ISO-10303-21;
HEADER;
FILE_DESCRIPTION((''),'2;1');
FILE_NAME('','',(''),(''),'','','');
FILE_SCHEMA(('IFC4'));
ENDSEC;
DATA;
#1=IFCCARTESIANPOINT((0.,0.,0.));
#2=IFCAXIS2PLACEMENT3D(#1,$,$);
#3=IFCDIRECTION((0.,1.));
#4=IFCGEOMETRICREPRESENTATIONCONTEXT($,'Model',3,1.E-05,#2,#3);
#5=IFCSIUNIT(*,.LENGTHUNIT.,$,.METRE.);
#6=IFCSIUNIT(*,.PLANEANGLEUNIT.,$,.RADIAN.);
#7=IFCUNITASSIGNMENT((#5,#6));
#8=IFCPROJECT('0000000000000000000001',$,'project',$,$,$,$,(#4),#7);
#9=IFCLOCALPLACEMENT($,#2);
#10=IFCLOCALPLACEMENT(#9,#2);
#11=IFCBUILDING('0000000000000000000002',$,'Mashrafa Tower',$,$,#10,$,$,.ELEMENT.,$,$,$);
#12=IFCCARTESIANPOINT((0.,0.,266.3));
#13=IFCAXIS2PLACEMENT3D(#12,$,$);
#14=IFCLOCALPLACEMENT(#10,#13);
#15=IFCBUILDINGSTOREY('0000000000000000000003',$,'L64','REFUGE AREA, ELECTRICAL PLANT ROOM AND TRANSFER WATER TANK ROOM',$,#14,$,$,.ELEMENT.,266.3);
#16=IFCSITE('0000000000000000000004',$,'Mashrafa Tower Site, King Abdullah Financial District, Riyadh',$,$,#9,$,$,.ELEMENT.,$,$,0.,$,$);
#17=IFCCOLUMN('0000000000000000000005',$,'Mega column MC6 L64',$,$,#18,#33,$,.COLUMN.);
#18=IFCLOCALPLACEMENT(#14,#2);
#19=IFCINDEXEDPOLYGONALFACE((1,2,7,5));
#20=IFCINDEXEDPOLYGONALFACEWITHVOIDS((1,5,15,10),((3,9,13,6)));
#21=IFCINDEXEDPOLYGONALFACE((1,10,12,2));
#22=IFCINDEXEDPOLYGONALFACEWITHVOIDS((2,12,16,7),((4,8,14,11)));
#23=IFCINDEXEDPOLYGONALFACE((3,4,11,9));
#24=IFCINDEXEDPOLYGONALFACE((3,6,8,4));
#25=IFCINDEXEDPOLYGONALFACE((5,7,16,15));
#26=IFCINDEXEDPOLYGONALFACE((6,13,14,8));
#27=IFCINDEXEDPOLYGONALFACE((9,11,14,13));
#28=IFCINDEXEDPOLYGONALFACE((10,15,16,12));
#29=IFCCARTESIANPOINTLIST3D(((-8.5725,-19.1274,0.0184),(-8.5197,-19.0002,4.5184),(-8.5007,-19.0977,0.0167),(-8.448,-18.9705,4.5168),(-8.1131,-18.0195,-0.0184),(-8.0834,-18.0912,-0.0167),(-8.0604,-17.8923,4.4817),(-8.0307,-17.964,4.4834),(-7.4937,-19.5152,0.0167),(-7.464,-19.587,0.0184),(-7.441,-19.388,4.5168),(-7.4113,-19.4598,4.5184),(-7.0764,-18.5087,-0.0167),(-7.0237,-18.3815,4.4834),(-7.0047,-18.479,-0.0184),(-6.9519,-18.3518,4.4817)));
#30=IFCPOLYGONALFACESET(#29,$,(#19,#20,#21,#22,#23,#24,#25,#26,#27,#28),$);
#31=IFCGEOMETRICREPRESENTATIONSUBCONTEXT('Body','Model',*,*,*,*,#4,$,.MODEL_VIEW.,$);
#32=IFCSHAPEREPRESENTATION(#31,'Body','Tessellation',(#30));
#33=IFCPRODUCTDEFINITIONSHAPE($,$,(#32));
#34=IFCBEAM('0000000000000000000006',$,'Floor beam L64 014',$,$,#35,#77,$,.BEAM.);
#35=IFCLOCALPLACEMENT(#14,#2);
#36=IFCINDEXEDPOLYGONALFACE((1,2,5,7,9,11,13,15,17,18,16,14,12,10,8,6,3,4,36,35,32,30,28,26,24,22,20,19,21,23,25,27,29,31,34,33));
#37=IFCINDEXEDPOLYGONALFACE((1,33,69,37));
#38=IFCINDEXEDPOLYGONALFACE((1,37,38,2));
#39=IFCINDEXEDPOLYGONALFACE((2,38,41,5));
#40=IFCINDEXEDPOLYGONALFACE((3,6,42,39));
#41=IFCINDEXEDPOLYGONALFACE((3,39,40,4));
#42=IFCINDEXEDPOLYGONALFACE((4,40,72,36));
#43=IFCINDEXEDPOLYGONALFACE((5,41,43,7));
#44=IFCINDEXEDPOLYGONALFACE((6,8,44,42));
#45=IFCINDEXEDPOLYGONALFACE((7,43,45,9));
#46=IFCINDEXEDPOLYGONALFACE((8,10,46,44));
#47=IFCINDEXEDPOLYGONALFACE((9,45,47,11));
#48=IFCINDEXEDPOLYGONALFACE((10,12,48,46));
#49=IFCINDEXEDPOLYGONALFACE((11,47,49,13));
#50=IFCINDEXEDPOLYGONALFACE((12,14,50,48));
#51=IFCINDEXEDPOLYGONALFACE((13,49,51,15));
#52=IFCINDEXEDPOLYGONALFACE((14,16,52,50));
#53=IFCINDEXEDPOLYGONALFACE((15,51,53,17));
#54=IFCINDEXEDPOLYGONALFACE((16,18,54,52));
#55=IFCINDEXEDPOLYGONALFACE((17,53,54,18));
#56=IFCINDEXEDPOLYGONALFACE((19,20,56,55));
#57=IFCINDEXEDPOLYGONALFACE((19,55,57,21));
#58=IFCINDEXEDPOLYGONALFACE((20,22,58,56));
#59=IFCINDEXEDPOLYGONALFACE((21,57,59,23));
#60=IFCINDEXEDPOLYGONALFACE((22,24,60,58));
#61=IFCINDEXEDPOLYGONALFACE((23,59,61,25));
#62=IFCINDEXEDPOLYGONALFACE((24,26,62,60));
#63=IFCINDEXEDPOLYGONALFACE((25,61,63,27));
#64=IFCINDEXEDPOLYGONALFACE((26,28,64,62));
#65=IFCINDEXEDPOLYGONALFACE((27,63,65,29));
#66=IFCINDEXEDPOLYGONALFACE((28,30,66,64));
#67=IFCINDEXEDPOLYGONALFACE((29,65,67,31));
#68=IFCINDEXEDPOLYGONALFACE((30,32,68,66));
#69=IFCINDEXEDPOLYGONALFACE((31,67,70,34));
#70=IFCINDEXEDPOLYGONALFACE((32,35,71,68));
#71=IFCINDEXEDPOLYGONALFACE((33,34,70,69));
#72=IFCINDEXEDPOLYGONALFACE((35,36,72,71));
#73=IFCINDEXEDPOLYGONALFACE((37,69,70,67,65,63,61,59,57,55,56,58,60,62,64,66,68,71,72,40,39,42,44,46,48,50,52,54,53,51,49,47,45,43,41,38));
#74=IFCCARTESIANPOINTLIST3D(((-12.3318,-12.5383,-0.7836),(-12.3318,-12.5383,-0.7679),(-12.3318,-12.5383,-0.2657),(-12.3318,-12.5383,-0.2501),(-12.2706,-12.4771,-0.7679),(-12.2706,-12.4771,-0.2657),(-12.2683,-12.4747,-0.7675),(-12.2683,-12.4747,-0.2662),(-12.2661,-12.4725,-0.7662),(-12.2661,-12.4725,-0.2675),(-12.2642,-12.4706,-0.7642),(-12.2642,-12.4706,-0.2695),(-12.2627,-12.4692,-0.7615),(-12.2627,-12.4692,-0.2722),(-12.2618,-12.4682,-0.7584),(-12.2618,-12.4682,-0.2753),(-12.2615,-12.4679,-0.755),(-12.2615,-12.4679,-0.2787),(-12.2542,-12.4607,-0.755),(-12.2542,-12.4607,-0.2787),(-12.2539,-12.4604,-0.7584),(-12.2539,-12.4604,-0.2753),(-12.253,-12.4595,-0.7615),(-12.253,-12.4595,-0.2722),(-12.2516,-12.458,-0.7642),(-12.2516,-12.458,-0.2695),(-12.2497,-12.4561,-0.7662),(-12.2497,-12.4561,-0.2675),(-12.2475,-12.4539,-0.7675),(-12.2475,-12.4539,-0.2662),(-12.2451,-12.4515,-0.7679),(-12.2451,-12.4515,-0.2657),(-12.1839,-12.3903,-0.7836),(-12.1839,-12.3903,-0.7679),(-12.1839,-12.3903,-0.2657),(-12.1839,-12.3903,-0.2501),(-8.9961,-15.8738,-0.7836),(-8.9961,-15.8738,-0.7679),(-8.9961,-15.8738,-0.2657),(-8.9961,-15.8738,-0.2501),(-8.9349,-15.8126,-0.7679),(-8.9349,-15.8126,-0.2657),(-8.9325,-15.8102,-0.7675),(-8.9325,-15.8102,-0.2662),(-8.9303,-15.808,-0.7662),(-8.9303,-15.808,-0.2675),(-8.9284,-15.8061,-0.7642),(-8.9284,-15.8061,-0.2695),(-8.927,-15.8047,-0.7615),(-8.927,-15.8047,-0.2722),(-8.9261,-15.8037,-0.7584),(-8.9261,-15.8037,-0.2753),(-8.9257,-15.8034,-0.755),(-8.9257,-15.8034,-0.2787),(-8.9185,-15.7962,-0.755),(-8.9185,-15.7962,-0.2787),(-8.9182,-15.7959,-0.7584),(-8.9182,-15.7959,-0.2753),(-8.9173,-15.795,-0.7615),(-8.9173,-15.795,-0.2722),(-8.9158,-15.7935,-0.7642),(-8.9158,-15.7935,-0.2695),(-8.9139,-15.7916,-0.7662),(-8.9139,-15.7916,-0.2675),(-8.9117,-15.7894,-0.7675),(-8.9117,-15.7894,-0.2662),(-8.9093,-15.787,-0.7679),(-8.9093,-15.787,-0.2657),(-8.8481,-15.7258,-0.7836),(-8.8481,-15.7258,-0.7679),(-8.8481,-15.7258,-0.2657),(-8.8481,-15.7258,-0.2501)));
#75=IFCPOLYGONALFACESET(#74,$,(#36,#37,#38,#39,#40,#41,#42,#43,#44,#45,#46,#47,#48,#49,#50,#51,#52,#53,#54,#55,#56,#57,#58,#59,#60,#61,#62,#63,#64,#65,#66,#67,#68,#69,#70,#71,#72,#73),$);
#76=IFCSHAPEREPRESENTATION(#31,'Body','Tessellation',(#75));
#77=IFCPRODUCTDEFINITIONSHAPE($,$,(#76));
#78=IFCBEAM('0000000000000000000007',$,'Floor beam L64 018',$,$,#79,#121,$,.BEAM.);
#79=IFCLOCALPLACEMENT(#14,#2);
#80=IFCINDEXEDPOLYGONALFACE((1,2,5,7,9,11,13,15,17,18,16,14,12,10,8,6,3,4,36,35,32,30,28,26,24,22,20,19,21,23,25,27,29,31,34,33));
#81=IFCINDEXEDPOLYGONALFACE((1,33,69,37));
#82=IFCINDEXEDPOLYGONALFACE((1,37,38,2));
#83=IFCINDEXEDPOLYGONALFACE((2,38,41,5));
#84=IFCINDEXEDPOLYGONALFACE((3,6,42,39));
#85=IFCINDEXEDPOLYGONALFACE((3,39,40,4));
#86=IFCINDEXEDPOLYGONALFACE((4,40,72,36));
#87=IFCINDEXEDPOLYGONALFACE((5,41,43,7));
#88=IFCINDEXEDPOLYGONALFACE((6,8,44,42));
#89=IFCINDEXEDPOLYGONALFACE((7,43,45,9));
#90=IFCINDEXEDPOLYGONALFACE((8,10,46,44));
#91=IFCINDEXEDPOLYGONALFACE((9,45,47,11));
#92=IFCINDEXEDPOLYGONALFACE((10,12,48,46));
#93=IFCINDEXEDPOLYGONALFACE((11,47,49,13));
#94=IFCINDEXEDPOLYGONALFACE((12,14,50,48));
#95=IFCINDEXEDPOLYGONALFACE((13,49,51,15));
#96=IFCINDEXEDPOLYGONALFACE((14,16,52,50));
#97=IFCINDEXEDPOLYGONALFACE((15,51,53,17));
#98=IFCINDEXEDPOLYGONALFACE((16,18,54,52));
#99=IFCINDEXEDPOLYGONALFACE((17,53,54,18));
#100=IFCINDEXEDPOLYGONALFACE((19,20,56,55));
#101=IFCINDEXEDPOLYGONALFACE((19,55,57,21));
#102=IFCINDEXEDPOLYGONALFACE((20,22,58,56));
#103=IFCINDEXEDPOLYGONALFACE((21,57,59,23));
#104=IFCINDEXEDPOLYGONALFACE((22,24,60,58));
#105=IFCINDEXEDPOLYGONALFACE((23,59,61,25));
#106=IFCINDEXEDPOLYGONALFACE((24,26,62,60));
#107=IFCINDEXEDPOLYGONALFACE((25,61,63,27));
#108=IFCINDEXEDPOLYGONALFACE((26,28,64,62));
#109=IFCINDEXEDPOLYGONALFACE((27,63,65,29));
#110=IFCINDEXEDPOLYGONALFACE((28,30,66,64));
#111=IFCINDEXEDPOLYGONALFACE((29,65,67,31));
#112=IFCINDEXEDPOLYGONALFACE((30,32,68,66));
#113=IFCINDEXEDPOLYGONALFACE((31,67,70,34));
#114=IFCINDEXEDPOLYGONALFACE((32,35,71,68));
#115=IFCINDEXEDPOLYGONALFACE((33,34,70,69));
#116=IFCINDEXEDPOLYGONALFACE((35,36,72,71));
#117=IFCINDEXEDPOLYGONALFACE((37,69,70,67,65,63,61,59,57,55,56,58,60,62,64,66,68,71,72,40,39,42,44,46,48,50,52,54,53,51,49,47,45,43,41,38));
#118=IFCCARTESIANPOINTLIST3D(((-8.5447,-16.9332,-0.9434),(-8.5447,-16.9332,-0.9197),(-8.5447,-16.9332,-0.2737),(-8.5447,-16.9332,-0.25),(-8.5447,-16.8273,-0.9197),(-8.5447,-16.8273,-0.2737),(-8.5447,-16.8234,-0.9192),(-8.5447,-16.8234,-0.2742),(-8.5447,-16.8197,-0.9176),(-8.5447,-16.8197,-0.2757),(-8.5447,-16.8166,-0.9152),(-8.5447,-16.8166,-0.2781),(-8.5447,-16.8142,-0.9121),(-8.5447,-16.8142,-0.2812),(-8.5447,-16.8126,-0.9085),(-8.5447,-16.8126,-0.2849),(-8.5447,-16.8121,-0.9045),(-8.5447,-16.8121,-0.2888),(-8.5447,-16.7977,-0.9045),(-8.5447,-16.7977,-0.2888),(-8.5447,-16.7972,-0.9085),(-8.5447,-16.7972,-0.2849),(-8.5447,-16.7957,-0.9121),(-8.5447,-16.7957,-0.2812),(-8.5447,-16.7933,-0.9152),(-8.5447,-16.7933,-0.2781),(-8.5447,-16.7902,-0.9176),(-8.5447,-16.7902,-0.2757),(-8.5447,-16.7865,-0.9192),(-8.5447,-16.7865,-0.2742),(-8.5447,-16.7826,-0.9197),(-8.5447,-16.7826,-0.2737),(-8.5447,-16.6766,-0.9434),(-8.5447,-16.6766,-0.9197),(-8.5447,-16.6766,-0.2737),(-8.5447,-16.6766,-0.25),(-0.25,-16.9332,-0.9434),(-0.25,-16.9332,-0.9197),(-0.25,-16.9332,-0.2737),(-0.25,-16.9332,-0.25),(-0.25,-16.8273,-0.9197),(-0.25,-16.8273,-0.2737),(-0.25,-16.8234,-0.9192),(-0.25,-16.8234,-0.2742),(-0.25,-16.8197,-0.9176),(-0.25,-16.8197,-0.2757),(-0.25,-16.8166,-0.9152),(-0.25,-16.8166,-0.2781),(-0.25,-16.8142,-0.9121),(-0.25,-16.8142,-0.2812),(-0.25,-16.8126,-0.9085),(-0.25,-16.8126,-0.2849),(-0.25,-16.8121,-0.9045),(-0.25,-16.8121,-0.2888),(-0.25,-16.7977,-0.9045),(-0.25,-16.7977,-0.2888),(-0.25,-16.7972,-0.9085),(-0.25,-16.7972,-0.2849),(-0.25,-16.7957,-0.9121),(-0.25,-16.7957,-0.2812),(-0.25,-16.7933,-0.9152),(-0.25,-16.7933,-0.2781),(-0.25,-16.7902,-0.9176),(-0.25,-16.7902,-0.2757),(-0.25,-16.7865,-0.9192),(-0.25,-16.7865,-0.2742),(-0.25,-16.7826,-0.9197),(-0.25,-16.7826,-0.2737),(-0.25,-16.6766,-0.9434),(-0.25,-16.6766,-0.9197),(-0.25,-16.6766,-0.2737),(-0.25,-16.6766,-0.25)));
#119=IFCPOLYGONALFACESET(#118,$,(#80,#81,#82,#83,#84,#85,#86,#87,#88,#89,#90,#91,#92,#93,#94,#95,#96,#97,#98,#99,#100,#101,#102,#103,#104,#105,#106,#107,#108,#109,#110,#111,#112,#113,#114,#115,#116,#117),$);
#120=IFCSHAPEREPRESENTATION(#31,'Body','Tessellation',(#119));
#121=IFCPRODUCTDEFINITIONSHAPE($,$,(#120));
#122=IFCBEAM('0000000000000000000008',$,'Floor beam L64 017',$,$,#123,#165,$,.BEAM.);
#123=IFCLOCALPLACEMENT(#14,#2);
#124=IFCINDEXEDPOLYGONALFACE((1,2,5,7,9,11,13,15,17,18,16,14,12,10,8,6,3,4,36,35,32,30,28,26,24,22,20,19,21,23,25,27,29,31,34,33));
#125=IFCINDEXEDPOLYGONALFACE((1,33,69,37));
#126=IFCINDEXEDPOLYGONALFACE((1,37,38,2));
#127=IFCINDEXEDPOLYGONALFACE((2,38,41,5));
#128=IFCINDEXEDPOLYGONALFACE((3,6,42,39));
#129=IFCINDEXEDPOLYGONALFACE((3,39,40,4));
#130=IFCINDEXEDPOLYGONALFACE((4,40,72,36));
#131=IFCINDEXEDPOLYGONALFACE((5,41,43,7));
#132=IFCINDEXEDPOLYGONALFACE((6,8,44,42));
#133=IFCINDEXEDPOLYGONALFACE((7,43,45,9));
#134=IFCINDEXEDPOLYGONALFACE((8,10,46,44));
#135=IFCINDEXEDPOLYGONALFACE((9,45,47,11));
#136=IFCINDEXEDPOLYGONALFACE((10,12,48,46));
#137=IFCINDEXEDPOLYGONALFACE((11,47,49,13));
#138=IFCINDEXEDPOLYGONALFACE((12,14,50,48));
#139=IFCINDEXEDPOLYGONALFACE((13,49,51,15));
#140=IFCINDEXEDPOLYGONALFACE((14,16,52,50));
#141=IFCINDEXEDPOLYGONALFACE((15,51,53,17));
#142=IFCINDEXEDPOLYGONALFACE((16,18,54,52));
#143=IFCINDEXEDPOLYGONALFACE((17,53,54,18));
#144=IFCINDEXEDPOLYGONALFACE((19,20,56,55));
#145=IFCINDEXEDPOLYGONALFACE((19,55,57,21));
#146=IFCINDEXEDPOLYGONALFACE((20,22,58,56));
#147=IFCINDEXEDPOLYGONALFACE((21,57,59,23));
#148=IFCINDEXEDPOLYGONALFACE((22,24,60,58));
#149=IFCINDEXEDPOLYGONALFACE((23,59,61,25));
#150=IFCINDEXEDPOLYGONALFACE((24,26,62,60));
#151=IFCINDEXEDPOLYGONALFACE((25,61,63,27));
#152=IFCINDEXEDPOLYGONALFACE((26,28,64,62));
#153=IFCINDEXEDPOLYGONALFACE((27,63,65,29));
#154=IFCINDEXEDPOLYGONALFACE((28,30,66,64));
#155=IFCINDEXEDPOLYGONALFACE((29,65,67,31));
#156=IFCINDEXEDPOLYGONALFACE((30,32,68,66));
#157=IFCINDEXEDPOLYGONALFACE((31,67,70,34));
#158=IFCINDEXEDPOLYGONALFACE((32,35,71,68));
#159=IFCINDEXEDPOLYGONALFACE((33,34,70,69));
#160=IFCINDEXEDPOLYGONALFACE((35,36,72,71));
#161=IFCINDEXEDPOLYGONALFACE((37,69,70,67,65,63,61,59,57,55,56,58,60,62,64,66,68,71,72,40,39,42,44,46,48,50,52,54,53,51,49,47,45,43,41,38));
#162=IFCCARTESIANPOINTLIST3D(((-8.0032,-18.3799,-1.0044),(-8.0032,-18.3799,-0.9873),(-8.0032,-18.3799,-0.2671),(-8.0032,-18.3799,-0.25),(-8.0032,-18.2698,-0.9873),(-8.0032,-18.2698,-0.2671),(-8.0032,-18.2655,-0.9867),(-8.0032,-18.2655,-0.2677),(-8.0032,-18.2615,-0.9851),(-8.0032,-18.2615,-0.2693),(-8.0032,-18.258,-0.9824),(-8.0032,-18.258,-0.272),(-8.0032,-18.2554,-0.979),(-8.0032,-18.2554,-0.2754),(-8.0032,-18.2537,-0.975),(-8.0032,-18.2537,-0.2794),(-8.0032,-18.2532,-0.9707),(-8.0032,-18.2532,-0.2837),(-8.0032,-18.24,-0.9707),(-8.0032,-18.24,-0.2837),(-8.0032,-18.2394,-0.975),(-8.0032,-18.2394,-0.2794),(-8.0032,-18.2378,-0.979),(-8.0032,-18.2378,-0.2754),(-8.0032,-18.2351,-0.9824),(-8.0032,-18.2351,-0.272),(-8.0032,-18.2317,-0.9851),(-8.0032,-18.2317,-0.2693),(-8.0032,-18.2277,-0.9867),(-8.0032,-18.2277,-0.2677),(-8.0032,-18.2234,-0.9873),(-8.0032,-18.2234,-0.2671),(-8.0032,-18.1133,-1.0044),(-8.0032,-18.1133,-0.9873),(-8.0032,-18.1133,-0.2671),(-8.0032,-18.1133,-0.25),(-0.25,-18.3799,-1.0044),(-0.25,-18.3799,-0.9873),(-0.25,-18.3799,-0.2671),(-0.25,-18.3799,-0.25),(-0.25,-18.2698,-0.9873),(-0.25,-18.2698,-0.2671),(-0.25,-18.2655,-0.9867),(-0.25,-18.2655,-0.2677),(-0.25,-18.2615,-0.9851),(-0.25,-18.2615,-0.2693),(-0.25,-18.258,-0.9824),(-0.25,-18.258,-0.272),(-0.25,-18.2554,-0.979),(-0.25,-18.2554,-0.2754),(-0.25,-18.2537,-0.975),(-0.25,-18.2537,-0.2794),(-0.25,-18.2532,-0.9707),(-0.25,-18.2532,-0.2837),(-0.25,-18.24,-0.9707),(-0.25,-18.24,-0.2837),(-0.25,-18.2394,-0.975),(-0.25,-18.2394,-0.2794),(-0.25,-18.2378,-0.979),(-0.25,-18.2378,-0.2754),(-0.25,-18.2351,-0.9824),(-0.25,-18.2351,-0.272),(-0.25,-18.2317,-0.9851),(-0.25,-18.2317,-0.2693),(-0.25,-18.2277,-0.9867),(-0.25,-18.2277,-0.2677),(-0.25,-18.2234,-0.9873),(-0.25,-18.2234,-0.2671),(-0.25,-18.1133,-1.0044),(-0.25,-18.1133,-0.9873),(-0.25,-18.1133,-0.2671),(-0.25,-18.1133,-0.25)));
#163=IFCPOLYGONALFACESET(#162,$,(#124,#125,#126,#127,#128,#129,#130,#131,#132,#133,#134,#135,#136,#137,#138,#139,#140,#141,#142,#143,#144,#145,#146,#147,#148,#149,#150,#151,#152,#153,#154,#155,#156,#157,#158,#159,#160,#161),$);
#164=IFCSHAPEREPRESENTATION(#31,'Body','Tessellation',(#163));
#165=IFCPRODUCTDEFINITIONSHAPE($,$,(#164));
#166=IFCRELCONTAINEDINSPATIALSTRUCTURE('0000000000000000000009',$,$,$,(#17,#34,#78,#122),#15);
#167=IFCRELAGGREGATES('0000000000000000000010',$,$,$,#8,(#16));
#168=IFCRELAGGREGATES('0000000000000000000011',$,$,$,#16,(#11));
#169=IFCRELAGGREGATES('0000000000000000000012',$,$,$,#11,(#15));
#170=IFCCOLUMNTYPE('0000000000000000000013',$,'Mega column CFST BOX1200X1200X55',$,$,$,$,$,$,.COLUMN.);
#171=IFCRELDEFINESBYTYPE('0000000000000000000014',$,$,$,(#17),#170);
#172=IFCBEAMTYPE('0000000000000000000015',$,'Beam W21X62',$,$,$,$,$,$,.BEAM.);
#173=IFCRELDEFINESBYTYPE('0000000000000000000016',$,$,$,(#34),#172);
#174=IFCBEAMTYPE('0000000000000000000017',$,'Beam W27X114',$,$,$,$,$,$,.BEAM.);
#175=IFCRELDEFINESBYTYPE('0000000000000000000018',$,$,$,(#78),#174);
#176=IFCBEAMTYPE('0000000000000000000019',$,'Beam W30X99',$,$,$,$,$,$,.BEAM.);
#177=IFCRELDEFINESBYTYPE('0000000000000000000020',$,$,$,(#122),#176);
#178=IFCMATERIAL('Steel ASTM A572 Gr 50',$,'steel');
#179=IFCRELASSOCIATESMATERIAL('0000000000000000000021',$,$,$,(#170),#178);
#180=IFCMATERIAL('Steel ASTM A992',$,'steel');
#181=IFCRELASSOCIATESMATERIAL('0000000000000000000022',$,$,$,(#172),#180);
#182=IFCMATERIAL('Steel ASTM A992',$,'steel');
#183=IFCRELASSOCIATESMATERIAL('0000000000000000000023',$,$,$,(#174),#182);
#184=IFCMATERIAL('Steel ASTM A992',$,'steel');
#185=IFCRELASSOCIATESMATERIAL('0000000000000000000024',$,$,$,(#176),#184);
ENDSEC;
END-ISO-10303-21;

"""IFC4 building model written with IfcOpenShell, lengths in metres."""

from ifc_helpers import new_model, si_unit, direction, frame, origin, origin_2d, place, context, subcontext, project, spatial, hollow_rectangle, i_section, extrude, material, material_profile, profile_set, type_object, element, save


model = new_model("IFC4")

# Units and contexts
model_context = context("Model", 3, precision=1e-05, world=origin(), true_north=direction((0.0, 1.0)))
body_context = subcontext(model_context, "Body", "Model", "MODEL_VIEW")
ifc_project = project(units=[si_unit("LENGTHUNIT", "METRE"), si_unit("PLANEANGLEUNIT", "RADIAN")], contexts=[model_context])

# Site, building, storey
site_placement = place(None, origin())
site = spatial("IfcSite", under=ifc_project, at=site_placement, Name="Mashrafa Tower Site, King Abdullah Financial District, Riyadh", CompositionType="ELEMENT", RefElevation=0.0)
building_placement = place(site_placement, origin())
building = spatial("IfcBuilding", under=site, at=building_placement, Name="Mashrafa Tower", CompositionType="ELEMENT")
storey_placement = place(building_placement, frame((0.0, 0.0, 266.3)))
storey = spatial("IfcBuildingStorey", under=building, at=storey_placement, Name="L64", Description="REFUGE AREA, ELECTRICAL PLANT ROOM AND TRANSFER WATER TANK ROOM", CompositionType="ELEMENT", Elevation=266.3)

# Column
ifc_material_1 = material(Name="Steel ASTM A572 Gr 50", Category="steel")
ifc_material_profile_1 = material_profile(ifc_material_1, hollow_rectangle(XDim=1.2, YDim=1.2, WallThickness=0.0549, at=origin_2d()), Name="BOX1200X1200X55")
ifc_profile_set_1 = profile_set([ifc_material_profile_1], Name="Steel ASTM A572 Gr 50")
column_type = type_object("IfcColumnType", Name="Mega column CFST BOX1200X1200X55", PredefinedType="COLUMN", material=ifc_profile_set_1)
column_placement = place(storey_placement, frame((-7.7886, -18.8032, 0.0), z_axis=(0.011713, 0.028253, 0.999532), x_axis=(-0.923757, 0.382978, 0.0)))
element("IfcColumn", 1, at=column_placement, inside=storey, type_object=column_type, Name="Mega column MC6 L64", PredefinedType="COLUMN", context=body_context, shape_type="SweptSolid", body=[
    extrude(hollow_rectangle(XDim=1.2, YDim=1.2, WallThickness=0.0549, at=origin_2d()), origin(), (0.0, 0.0, 1.0), 4.5022),
])

# Beams
ifc_material_2 = material(Name="Steel ASTM A992", Category="steel")
ifc_material_profile_2 = material_profile(ifc_material_2, i_section(OverallWidth=0.2092, OverallDepth=0.5334, WebThickness=0.0103, FlangeThickness=0.0156, FilletRadius=0.0129, at=origin_2d()), Name="W21X62")
ifc_profile_set_2 = profile_set([ifc_material_profile_2], Name="Steel ASTM A992")
beam_type_1 = type_object("IfcBeamType", Name="Beam W21X62", PredefinedType="BEAM", material=ifc_profile_set_2)
beam_1_placement = place(storey_placement, frame((-8.9221, -15.7998, -0.5168), z_axis=(-0.707133, 0.707081, 0.0), x_axis=(-0.707081, -0.707133, 0.0)))
element("IfcBeam", 2, at=beam_1_placement, inside=storey, type_object=beam_type_1, Name="Floor beam L64 014", PredefinedType="BEAM", context=body_context, shape_type="SweptSolid", body=[
    extrude(i_section(OverallWidth=0.2092, OverallDepth=0.5334, WebThickness=0.0103, FlangeThickness=0.0156, FilletRadius=0.0129, at=origin_2d()), origin(), (0.0, 0.0, 1.0), 4.7173),
])
ifc_material_3 = material(Name="Steel ASTM A992", Category="steel")
ifc_material_profile_3 = material_profile(ifc_material_3, i_section(OverallWidth=0.2566, OverallDepth=0.6934, WebThickness=0.0144, FlangeThickness=0.0237, FilletRadius=0.0151, at=origin_2d()), Name="W27X114")
ifc_profile_set_3 = profile_set([ifc_material_profile_3], Name="Steel ASTM A992")
beam_type_2 = type_object("IfcBeamType", Name="Beam W27X114", PredefinedType="BEAM", material=ifc_profile_set_3)
beam_2_placement = place(storey_placement, frame((-0.25, -16.8049, -0.5967), z_axis=(-1.0, 0.0, 0.0), x_axis=(0.0, -1.0, 0.0)))
element("IfcBeam", 3, at=beam_2_placement, inside=storey, type_object=beam_type_2, Name="Floor beam L64 018", PredefinedType="BEAM", context=body_context, shape_type="SweptSolid", body=[
    extrude(i_section(OverallWidth=0.2566, OverallDepth=0.6934, WebThickness=0.0144, FlangeThickness=0.0237, FilletRadius=0.0151, at=origin_2d()), origin(), (0.0, 0.0, 1.0), 8.2947),
])
ifc_material_4 = material(Name="Steel ASTM A992", Category="steel")
ifc_material_profile_4 = material_profile(ifc_material_4, i_section(OverallWidth=0.2666, OverallDepth=0.7544, WebThickness=0.0132, FlangeThickness=0.0171, FilletRadius=0.0166, at=origin_2d()), Name="W30X99")
ifc_profile_set_4 = profile_set([ifc_material_profile_4], Name="Steel ASTM A992")
beam_type_3 = type_object("IfcBeamType", Name="Beam W30X99", PredefinedType="BEAM", material=ifc_profile_set_4)
beam_3_placement = place(storey_placement, frame((-0.25, -18.2466, -0.6272), z_axis=(-1.0, 0.0, 0.0), x_axis=(0.0, -1.0, 0.0)))
element("IfcBeam", 4, at=beam_3_placement, inside=storey, type_object=beam_type_3, Name="Floor beam L64 017", PredefinedType="BEAM", context=body_context, shape_type="SweptSolid", body=[
    extrude(i_section(OverallWidth=0.2666, OverallDepth=0.7544, WebThickness=0.0132, FlangeThickness=0.0171, FilletRadius=0.0166, at=origin_2d()), origin(), (0.0, 0.0, 1.0), 7.7532),
])

save(model, "model.ifc")
